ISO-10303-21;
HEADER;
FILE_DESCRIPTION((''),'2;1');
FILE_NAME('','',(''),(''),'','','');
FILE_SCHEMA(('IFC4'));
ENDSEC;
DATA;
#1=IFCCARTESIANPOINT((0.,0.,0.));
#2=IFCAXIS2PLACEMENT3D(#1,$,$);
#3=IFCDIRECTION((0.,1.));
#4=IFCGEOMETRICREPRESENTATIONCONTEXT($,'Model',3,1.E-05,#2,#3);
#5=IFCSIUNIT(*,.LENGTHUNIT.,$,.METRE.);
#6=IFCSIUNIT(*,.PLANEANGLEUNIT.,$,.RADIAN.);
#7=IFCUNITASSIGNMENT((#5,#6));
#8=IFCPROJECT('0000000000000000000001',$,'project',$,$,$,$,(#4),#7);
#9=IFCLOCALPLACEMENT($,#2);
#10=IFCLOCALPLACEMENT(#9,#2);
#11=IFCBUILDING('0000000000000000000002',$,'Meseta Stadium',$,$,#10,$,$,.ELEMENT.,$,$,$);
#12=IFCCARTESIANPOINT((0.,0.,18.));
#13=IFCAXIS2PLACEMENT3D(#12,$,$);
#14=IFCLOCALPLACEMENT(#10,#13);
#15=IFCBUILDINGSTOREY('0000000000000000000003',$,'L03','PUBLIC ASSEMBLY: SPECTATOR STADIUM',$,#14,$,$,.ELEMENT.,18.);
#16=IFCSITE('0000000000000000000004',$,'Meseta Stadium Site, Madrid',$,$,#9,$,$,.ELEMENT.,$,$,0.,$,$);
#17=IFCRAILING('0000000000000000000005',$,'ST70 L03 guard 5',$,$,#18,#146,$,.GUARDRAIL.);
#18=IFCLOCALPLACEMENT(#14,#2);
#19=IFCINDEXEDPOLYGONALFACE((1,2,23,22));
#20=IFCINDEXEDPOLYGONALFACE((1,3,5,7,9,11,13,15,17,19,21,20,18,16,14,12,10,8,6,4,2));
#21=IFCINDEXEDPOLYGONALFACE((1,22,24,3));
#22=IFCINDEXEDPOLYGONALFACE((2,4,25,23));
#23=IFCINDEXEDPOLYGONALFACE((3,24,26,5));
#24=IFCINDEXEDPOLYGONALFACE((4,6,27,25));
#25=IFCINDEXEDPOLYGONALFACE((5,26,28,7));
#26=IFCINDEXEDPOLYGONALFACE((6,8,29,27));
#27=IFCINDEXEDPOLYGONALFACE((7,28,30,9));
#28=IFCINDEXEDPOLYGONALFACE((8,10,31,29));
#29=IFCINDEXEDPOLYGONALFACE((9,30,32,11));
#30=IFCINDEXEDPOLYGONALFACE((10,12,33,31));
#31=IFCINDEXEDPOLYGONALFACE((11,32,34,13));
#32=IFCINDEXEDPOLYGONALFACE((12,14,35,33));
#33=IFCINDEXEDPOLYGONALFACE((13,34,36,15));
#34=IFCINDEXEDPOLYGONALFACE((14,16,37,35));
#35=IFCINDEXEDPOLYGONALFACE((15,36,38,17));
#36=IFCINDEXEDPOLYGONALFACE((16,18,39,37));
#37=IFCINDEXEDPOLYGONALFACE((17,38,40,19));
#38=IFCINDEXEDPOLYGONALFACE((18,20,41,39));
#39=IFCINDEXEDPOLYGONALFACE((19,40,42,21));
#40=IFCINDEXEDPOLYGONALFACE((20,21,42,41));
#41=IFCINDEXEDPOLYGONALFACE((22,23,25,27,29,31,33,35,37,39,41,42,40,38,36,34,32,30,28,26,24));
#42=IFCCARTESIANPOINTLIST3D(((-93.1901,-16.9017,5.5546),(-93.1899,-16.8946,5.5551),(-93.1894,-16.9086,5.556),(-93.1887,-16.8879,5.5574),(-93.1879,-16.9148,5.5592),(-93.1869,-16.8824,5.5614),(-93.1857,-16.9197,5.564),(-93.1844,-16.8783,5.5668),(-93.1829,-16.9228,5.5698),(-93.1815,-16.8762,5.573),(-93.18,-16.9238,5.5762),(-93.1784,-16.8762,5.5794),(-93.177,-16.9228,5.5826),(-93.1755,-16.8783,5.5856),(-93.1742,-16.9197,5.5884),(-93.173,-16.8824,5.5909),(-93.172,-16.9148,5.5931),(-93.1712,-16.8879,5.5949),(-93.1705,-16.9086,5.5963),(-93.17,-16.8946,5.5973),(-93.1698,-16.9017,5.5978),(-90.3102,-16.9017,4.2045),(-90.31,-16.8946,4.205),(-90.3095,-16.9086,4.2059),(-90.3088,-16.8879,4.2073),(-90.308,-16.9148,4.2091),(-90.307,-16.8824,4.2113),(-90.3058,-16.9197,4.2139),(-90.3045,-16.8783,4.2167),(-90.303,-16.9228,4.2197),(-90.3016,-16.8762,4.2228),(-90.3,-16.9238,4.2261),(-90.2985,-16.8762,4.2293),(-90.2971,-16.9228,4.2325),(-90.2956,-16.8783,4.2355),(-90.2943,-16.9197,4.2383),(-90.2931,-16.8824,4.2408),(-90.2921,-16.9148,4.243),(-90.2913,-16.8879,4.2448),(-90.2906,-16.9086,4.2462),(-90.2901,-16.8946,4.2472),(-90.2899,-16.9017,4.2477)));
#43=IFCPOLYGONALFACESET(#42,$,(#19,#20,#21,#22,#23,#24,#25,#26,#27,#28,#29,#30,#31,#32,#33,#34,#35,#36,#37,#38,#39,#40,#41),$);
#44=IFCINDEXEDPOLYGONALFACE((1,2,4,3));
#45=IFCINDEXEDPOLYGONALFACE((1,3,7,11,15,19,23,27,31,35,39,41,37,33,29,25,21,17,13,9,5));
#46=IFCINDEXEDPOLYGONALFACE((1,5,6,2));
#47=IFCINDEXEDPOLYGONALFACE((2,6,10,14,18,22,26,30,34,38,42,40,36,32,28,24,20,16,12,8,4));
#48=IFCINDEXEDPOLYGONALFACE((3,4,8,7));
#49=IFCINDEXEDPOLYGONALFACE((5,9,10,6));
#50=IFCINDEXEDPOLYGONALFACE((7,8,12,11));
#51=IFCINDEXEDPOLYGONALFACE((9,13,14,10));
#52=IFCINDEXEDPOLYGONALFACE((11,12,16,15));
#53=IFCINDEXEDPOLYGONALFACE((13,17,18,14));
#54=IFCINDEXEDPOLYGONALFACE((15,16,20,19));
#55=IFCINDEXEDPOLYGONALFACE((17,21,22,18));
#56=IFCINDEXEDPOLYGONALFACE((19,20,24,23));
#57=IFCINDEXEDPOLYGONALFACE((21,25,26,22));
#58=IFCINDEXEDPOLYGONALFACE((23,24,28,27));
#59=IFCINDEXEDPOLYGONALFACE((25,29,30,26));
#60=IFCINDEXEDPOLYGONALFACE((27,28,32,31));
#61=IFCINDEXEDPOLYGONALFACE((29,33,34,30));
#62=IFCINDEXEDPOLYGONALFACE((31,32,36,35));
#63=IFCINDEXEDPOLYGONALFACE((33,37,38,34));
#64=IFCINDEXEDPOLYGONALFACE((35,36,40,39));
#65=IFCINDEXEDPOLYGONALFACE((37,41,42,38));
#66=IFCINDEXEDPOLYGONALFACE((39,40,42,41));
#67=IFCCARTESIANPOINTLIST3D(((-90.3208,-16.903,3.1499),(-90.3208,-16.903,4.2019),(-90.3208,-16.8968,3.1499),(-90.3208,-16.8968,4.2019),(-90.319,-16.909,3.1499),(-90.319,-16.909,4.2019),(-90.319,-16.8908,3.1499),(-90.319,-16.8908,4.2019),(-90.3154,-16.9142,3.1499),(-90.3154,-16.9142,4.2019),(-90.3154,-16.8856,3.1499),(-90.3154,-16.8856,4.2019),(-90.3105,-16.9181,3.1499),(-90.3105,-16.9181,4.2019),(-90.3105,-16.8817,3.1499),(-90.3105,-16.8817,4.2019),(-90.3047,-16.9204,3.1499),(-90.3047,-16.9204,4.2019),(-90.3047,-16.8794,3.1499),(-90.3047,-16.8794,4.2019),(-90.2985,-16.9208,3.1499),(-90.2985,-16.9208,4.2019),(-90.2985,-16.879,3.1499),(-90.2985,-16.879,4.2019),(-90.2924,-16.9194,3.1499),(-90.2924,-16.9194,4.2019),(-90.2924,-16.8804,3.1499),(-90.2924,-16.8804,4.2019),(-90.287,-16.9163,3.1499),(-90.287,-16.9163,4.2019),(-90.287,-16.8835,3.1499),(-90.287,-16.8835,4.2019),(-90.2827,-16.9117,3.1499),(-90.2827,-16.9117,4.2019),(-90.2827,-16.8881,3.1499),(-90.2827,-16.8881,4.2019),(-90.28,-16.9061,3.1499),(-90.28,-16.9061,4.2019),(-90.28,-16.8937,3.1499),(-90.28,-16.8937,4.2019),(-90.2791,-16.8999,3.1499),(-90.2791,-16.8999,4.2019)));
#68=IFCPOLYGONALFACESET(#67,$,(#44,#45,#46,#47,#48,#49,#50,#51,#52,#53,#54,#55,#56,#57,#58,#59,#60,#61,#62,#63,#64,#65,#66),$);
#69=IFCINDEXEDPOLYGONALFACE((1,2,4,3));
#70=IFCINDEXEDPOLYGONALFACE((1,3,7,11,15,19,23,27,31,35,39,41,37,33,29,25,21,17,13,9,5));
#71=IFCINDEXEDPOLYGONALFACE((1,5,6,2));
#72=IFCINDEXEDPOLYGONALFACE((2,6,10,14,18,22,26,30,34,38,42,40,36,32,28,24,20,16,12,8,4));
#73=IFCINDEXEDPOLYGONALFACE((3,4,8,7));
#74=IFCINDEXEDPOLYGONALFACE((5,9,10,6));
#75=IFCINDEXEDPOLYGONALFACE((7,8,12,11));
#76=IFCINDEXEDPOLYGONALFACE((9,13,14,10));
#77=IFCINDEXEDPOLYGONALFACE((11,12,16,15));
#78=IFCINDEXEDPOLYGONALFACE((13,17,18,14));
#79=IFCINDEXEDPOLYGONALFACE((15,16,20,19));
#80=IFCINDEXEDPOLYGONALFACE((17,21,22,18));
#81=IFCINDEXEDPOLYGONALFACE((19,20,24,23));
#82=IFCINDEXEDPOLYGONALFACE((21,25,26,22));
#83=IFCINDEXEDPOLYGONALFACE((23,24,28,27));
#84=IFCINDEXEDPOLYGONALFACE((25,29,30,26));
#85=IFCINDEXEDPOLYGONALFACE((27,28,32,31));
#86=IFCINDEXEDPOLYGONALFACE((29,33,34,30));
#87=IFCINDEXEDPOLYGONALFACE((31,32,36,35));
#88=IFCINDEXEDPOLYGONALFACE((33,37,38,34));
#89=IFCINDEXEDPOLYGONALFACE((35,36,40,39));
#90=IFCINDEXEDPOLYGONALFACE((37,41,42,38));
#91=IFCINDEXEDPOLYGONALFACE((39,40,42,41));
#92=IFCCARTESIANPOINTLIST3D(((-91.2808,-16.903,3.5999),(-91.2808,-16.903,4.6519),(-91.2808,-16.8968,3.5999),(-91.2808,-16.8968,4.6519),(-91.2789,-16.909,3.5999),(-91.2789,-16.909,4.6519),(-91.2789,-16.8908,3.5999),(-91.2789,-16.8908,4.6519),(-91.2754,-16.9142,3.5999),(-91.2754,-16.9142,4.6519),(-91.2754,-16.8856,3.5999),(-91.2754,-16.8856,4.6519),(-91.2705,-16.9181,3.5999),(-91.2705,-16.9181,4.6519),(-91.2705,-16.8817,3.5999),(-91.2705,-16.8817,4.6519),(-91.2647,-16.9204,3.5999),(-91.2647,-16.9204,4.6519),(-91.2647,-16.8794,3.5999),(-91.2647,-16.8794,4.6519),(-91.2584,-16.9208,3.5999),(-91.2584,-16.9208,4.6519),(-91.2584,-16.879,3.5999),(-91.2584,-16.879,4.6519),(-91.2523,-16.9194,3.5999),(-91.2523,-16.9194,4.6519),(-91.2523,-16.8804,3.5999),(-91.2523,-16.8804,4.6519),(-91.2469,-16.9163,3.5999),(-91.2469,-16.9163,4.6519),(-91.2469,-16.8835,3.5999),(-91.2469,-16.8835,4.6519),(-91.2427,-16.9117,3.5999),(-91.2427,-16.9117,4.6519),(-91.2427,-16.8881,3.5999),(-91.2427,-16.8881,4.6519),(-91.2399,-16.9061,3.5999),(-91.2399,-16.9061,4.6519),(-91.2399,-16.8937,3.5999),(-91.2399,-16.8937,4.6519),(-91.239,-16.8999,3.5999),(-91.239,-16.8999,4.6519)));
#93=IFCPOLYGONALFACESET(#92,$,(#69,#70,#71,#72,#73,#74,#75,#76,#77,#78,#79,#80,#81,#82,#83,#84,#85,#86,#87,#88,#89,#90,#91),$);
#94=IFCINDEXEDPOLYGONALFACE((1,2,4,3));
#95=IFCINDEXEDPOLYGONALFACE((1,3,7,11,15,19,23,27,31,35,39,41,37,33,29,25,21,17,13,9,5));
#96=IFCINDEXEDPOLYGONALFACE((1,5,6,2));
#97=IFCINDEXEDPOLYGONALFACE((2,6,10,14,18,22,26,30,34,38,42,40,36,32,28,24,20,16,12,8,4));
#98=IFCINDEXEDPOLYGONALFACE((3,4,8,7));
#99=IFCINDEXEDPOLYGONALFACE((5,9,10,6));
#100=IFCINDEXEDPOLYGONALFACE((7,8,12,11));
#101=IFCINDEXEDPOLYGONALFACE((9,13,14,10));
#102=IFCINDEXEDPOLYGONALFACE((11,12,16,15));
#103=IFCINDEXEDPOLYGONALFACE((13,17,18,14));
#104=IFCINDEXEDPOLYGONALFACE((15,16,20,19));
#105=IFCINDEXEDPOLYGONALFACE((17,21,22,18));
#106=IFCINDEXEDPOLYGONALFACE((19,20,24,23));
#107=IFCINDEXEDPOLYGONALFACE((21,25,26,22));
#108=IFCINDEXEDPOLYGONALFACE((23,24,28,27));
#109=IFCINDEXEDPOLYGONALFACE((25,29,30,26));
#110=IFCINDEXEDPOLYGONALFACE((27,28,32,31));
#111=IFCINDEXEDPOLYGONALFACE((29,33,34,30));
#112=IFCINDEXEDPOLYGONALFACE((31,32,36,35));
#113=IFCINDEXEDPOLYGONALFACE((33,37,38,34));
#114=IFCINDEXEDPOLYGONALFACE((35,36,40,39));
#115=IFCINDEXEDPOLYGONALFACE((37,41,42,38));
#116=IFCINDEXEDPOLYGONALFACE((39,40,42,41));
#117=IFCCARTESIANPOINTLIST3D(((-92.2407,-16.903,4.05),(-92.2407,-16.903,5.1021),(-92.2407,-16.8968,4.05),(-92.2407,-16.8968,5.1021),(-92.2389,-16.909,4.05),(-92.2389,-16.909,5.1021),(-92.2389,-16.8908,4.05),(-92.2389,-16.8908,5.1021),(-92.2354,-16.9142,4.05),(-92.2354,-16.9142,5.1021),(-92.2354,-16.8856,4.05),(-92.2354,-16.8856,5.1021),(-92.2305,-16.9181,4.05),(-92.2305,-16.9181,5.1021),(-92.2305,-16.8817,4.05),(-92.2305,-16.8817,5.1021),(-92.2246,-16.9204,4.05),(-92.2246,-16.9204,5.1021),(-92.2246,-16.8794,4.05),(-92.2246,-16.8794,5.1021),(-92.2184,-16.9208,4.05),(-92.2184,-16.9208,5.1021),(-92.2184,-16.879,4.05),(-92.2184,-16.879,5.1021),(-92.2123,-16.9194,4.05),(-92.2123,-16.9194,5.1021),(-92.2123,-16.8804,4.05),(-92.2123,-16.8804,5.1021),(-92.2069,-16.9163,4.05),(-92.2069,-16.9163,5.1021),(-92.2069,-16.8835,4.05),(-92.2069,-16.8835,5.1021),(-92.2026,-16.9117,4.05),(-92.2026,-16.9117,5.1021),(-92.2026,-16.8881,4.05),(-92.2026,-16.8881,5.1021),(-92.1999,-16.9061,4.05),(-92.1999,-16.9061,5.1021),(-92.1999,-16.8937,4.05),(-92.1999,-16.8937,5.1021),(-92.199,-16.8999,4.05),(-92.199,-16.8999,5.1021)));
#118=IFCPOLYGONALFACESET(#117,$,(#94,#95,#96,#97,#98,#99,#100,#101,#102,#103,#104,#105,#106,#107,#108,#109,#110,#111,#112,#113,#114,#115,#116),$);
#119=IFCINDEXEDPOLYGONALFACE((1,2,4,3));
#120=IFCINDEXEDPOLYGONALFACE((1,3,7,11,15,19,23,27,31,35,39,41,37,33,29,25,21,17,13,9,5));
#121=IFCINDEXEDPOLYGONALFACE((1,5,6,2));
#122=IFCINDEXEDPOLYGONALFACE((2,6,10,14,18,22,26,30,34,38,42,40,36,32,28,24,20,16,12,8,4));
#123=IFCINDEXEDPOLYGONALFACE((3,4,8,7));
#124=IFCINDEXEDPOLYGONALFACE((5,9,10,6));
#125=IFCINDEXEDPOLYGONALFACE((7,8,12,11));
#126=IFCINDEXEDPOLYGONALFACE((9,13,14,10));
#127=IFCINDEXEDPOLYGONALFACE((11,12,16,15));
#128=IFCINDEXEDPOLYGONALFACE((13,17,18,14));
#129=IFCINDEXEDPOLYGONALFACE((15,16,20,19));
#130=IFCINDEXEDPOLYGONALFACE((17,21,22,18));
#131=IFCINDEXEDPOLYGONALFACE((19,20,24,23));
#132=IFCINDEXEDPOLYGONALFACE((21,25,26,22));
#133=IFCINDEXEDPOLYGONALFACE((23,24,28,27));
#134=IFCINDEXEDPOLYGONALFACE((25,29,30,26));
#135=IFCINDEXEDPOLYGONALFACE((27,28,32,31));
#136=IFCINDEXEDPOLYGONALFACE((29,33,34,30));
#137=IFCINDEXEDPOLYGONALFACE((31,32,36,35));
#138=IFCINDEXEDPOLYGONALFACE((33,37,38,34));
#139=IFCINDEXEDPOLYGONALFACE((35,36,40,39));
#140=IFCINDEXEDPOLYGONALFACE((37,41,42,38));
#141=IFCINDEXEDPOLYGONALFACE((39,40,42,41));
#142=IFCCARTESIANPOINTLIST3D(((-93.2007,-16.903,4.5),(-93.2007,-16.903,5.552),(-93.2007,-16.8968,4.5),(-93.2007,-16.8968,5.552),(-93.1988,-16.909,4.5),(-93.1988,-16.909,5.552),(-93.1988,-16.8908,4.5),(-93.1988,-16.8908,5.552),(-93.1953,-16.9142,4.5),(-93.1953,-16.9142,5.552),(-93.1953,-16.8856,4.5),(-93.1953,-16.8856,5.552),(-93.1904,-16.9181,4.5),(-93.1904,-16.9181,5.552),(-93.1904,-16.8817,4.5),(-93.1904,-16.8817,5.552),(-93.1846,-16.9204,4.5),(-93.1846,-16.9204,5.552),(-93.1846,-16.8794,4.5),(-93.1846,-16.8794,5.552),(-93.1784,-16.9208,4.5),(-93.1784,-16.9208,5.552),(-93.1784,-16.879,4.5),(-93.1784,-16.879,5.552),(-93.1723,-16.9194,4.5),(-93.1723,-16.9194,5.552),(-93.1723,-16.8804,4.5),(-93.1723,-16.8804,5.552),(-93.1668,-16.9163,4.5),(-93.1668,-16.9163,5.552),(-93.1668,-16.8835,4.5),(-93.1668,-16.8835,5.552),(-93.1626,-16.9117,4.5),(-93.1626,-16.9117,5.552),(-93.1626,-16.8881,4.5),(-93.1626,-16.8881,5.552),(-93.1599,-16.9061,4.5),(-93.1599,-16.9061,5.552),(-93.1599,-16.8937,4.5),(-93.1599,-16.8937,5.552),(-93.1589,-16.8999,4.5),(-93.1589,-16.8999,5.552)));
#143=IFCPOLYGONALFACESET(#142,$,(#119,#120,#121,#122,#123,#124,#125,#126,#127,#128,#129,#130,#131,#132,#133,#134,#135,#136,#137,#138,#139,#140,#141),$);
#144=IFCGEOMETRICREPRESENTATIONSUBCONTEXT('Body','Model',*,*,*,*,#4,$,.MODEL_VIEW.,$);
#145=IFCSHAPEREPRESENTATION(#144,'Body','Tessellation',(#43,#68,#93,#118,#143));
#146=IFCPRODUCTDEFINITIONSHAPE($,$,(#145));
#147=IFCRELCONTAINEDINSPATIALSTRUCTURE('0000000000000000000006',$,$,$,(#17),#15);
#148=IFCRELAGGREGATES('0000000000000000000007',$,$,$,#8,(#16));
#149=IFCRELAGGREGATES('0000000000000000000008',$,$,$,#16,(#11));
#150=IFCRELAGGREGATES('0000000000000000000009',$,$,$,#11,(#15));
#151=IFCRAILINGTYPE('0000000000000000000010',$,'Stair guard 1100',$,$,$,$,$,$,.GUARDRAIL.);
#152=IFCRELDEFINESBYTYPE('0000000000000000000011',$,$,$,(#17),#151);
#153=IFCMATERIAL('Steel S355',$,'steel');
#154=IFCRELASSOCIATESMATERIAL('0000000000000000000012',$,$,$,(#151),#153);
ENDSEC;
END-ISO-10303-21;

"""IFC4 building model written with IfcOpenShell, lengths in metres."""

from ifc_helpers import new_model, si_unit, direction, frame, origin, origin_2d, place, context, subcontext, project, spatial, circle, extrude, material, type_object, element, save


model = new_model("IFC4")

# Units and contexts
model_context = context("Model", 3, precision=1e-05, world=origin(), true_north=direction((0.0, 1.0)))
body_context = subcontext(model_context, "Body", "Model", "MODEL_VIEW")
ifc_project = project(units=[si_unit("LENGTHUNIT", "METRE"), si_unit("PLANEANGLEUNIT", "RADIAN")], contexts=[model_context])

# Site, building, storey
site_placement = place(None, origin())
site = spatial("IfcSite", under=ifc_project, at=site_placement, Name="Meseta Stadium Site, Madrid", CompositionType="ELEMENT", RefElevation=0.0)
building_placement = place(site_placement, origin())
building = spatial("IfcBuilding", under=site, at=building_placement, Name="Meseta Stadium", CompositionType="ELEMENT")
storey_placement = place(building_placement, frame((0.0, 0.0, 18.0)))
storey = spatial("IfcBuildingStorey", under=building, at=storey_placement, Name="L03", Description="PUBLIC ASSEMBLY: SPECTATOR STADIUM", CompositionType="ELEMENT", Elevation=18.0)

# Railing
ifc_material_1 = material(Name="Steel S355", Category="steel")
railing_type_1 = type_object("IfcRailingType", Name="Stair guard 1100", PredefinedType="GUARDRAIL", material=ifc_material_1)
railing_1_placement = place(storey_placement, frame((-90.3, -16.8999, 3.1499)))
element("IfcRailing", 1, at=railing_1_placement, inside=storey, type_object=railing_type_1, Name="ST70 L03 guard 5", PredefinedType="GUARDRAIL", context=body_context, shape_type="SweptSolid", body=[
    extrude(circle(Radius=0.0239, at=origin_2d()), frame((0.0, 0.0, 1.0762), z_axis=(-0.90544, 0.0, 0.424473), x_axis=(0.0, -1.0, 0.0)), (0.0, 0.0, 1.0), 3.1807),
    extrude(circle(Radius=0.021, at=origin_2d()), origin(), (0.0, 0.0, 1.0), 1.052),
    extrude(circle(Radius=0.021, at=origin_2d()), frame((-0.96, 0.0, 0.45)), (0.0, 0.0, 1.0), 1.052),
    extrude(circle(Radius=0.021, at=origin_2d()), frame((-1.9199, 0.0, 0.9001)), (0.0, 0.0, 1.0), 1.052),
    extrude(circle(Radius=0.021, at=origin_2d()), frame((-2.8799, 0.0, 1.3501)), (0.0, 0.0, 1.0), 1.052),
])

save(model, "model.ifc")
